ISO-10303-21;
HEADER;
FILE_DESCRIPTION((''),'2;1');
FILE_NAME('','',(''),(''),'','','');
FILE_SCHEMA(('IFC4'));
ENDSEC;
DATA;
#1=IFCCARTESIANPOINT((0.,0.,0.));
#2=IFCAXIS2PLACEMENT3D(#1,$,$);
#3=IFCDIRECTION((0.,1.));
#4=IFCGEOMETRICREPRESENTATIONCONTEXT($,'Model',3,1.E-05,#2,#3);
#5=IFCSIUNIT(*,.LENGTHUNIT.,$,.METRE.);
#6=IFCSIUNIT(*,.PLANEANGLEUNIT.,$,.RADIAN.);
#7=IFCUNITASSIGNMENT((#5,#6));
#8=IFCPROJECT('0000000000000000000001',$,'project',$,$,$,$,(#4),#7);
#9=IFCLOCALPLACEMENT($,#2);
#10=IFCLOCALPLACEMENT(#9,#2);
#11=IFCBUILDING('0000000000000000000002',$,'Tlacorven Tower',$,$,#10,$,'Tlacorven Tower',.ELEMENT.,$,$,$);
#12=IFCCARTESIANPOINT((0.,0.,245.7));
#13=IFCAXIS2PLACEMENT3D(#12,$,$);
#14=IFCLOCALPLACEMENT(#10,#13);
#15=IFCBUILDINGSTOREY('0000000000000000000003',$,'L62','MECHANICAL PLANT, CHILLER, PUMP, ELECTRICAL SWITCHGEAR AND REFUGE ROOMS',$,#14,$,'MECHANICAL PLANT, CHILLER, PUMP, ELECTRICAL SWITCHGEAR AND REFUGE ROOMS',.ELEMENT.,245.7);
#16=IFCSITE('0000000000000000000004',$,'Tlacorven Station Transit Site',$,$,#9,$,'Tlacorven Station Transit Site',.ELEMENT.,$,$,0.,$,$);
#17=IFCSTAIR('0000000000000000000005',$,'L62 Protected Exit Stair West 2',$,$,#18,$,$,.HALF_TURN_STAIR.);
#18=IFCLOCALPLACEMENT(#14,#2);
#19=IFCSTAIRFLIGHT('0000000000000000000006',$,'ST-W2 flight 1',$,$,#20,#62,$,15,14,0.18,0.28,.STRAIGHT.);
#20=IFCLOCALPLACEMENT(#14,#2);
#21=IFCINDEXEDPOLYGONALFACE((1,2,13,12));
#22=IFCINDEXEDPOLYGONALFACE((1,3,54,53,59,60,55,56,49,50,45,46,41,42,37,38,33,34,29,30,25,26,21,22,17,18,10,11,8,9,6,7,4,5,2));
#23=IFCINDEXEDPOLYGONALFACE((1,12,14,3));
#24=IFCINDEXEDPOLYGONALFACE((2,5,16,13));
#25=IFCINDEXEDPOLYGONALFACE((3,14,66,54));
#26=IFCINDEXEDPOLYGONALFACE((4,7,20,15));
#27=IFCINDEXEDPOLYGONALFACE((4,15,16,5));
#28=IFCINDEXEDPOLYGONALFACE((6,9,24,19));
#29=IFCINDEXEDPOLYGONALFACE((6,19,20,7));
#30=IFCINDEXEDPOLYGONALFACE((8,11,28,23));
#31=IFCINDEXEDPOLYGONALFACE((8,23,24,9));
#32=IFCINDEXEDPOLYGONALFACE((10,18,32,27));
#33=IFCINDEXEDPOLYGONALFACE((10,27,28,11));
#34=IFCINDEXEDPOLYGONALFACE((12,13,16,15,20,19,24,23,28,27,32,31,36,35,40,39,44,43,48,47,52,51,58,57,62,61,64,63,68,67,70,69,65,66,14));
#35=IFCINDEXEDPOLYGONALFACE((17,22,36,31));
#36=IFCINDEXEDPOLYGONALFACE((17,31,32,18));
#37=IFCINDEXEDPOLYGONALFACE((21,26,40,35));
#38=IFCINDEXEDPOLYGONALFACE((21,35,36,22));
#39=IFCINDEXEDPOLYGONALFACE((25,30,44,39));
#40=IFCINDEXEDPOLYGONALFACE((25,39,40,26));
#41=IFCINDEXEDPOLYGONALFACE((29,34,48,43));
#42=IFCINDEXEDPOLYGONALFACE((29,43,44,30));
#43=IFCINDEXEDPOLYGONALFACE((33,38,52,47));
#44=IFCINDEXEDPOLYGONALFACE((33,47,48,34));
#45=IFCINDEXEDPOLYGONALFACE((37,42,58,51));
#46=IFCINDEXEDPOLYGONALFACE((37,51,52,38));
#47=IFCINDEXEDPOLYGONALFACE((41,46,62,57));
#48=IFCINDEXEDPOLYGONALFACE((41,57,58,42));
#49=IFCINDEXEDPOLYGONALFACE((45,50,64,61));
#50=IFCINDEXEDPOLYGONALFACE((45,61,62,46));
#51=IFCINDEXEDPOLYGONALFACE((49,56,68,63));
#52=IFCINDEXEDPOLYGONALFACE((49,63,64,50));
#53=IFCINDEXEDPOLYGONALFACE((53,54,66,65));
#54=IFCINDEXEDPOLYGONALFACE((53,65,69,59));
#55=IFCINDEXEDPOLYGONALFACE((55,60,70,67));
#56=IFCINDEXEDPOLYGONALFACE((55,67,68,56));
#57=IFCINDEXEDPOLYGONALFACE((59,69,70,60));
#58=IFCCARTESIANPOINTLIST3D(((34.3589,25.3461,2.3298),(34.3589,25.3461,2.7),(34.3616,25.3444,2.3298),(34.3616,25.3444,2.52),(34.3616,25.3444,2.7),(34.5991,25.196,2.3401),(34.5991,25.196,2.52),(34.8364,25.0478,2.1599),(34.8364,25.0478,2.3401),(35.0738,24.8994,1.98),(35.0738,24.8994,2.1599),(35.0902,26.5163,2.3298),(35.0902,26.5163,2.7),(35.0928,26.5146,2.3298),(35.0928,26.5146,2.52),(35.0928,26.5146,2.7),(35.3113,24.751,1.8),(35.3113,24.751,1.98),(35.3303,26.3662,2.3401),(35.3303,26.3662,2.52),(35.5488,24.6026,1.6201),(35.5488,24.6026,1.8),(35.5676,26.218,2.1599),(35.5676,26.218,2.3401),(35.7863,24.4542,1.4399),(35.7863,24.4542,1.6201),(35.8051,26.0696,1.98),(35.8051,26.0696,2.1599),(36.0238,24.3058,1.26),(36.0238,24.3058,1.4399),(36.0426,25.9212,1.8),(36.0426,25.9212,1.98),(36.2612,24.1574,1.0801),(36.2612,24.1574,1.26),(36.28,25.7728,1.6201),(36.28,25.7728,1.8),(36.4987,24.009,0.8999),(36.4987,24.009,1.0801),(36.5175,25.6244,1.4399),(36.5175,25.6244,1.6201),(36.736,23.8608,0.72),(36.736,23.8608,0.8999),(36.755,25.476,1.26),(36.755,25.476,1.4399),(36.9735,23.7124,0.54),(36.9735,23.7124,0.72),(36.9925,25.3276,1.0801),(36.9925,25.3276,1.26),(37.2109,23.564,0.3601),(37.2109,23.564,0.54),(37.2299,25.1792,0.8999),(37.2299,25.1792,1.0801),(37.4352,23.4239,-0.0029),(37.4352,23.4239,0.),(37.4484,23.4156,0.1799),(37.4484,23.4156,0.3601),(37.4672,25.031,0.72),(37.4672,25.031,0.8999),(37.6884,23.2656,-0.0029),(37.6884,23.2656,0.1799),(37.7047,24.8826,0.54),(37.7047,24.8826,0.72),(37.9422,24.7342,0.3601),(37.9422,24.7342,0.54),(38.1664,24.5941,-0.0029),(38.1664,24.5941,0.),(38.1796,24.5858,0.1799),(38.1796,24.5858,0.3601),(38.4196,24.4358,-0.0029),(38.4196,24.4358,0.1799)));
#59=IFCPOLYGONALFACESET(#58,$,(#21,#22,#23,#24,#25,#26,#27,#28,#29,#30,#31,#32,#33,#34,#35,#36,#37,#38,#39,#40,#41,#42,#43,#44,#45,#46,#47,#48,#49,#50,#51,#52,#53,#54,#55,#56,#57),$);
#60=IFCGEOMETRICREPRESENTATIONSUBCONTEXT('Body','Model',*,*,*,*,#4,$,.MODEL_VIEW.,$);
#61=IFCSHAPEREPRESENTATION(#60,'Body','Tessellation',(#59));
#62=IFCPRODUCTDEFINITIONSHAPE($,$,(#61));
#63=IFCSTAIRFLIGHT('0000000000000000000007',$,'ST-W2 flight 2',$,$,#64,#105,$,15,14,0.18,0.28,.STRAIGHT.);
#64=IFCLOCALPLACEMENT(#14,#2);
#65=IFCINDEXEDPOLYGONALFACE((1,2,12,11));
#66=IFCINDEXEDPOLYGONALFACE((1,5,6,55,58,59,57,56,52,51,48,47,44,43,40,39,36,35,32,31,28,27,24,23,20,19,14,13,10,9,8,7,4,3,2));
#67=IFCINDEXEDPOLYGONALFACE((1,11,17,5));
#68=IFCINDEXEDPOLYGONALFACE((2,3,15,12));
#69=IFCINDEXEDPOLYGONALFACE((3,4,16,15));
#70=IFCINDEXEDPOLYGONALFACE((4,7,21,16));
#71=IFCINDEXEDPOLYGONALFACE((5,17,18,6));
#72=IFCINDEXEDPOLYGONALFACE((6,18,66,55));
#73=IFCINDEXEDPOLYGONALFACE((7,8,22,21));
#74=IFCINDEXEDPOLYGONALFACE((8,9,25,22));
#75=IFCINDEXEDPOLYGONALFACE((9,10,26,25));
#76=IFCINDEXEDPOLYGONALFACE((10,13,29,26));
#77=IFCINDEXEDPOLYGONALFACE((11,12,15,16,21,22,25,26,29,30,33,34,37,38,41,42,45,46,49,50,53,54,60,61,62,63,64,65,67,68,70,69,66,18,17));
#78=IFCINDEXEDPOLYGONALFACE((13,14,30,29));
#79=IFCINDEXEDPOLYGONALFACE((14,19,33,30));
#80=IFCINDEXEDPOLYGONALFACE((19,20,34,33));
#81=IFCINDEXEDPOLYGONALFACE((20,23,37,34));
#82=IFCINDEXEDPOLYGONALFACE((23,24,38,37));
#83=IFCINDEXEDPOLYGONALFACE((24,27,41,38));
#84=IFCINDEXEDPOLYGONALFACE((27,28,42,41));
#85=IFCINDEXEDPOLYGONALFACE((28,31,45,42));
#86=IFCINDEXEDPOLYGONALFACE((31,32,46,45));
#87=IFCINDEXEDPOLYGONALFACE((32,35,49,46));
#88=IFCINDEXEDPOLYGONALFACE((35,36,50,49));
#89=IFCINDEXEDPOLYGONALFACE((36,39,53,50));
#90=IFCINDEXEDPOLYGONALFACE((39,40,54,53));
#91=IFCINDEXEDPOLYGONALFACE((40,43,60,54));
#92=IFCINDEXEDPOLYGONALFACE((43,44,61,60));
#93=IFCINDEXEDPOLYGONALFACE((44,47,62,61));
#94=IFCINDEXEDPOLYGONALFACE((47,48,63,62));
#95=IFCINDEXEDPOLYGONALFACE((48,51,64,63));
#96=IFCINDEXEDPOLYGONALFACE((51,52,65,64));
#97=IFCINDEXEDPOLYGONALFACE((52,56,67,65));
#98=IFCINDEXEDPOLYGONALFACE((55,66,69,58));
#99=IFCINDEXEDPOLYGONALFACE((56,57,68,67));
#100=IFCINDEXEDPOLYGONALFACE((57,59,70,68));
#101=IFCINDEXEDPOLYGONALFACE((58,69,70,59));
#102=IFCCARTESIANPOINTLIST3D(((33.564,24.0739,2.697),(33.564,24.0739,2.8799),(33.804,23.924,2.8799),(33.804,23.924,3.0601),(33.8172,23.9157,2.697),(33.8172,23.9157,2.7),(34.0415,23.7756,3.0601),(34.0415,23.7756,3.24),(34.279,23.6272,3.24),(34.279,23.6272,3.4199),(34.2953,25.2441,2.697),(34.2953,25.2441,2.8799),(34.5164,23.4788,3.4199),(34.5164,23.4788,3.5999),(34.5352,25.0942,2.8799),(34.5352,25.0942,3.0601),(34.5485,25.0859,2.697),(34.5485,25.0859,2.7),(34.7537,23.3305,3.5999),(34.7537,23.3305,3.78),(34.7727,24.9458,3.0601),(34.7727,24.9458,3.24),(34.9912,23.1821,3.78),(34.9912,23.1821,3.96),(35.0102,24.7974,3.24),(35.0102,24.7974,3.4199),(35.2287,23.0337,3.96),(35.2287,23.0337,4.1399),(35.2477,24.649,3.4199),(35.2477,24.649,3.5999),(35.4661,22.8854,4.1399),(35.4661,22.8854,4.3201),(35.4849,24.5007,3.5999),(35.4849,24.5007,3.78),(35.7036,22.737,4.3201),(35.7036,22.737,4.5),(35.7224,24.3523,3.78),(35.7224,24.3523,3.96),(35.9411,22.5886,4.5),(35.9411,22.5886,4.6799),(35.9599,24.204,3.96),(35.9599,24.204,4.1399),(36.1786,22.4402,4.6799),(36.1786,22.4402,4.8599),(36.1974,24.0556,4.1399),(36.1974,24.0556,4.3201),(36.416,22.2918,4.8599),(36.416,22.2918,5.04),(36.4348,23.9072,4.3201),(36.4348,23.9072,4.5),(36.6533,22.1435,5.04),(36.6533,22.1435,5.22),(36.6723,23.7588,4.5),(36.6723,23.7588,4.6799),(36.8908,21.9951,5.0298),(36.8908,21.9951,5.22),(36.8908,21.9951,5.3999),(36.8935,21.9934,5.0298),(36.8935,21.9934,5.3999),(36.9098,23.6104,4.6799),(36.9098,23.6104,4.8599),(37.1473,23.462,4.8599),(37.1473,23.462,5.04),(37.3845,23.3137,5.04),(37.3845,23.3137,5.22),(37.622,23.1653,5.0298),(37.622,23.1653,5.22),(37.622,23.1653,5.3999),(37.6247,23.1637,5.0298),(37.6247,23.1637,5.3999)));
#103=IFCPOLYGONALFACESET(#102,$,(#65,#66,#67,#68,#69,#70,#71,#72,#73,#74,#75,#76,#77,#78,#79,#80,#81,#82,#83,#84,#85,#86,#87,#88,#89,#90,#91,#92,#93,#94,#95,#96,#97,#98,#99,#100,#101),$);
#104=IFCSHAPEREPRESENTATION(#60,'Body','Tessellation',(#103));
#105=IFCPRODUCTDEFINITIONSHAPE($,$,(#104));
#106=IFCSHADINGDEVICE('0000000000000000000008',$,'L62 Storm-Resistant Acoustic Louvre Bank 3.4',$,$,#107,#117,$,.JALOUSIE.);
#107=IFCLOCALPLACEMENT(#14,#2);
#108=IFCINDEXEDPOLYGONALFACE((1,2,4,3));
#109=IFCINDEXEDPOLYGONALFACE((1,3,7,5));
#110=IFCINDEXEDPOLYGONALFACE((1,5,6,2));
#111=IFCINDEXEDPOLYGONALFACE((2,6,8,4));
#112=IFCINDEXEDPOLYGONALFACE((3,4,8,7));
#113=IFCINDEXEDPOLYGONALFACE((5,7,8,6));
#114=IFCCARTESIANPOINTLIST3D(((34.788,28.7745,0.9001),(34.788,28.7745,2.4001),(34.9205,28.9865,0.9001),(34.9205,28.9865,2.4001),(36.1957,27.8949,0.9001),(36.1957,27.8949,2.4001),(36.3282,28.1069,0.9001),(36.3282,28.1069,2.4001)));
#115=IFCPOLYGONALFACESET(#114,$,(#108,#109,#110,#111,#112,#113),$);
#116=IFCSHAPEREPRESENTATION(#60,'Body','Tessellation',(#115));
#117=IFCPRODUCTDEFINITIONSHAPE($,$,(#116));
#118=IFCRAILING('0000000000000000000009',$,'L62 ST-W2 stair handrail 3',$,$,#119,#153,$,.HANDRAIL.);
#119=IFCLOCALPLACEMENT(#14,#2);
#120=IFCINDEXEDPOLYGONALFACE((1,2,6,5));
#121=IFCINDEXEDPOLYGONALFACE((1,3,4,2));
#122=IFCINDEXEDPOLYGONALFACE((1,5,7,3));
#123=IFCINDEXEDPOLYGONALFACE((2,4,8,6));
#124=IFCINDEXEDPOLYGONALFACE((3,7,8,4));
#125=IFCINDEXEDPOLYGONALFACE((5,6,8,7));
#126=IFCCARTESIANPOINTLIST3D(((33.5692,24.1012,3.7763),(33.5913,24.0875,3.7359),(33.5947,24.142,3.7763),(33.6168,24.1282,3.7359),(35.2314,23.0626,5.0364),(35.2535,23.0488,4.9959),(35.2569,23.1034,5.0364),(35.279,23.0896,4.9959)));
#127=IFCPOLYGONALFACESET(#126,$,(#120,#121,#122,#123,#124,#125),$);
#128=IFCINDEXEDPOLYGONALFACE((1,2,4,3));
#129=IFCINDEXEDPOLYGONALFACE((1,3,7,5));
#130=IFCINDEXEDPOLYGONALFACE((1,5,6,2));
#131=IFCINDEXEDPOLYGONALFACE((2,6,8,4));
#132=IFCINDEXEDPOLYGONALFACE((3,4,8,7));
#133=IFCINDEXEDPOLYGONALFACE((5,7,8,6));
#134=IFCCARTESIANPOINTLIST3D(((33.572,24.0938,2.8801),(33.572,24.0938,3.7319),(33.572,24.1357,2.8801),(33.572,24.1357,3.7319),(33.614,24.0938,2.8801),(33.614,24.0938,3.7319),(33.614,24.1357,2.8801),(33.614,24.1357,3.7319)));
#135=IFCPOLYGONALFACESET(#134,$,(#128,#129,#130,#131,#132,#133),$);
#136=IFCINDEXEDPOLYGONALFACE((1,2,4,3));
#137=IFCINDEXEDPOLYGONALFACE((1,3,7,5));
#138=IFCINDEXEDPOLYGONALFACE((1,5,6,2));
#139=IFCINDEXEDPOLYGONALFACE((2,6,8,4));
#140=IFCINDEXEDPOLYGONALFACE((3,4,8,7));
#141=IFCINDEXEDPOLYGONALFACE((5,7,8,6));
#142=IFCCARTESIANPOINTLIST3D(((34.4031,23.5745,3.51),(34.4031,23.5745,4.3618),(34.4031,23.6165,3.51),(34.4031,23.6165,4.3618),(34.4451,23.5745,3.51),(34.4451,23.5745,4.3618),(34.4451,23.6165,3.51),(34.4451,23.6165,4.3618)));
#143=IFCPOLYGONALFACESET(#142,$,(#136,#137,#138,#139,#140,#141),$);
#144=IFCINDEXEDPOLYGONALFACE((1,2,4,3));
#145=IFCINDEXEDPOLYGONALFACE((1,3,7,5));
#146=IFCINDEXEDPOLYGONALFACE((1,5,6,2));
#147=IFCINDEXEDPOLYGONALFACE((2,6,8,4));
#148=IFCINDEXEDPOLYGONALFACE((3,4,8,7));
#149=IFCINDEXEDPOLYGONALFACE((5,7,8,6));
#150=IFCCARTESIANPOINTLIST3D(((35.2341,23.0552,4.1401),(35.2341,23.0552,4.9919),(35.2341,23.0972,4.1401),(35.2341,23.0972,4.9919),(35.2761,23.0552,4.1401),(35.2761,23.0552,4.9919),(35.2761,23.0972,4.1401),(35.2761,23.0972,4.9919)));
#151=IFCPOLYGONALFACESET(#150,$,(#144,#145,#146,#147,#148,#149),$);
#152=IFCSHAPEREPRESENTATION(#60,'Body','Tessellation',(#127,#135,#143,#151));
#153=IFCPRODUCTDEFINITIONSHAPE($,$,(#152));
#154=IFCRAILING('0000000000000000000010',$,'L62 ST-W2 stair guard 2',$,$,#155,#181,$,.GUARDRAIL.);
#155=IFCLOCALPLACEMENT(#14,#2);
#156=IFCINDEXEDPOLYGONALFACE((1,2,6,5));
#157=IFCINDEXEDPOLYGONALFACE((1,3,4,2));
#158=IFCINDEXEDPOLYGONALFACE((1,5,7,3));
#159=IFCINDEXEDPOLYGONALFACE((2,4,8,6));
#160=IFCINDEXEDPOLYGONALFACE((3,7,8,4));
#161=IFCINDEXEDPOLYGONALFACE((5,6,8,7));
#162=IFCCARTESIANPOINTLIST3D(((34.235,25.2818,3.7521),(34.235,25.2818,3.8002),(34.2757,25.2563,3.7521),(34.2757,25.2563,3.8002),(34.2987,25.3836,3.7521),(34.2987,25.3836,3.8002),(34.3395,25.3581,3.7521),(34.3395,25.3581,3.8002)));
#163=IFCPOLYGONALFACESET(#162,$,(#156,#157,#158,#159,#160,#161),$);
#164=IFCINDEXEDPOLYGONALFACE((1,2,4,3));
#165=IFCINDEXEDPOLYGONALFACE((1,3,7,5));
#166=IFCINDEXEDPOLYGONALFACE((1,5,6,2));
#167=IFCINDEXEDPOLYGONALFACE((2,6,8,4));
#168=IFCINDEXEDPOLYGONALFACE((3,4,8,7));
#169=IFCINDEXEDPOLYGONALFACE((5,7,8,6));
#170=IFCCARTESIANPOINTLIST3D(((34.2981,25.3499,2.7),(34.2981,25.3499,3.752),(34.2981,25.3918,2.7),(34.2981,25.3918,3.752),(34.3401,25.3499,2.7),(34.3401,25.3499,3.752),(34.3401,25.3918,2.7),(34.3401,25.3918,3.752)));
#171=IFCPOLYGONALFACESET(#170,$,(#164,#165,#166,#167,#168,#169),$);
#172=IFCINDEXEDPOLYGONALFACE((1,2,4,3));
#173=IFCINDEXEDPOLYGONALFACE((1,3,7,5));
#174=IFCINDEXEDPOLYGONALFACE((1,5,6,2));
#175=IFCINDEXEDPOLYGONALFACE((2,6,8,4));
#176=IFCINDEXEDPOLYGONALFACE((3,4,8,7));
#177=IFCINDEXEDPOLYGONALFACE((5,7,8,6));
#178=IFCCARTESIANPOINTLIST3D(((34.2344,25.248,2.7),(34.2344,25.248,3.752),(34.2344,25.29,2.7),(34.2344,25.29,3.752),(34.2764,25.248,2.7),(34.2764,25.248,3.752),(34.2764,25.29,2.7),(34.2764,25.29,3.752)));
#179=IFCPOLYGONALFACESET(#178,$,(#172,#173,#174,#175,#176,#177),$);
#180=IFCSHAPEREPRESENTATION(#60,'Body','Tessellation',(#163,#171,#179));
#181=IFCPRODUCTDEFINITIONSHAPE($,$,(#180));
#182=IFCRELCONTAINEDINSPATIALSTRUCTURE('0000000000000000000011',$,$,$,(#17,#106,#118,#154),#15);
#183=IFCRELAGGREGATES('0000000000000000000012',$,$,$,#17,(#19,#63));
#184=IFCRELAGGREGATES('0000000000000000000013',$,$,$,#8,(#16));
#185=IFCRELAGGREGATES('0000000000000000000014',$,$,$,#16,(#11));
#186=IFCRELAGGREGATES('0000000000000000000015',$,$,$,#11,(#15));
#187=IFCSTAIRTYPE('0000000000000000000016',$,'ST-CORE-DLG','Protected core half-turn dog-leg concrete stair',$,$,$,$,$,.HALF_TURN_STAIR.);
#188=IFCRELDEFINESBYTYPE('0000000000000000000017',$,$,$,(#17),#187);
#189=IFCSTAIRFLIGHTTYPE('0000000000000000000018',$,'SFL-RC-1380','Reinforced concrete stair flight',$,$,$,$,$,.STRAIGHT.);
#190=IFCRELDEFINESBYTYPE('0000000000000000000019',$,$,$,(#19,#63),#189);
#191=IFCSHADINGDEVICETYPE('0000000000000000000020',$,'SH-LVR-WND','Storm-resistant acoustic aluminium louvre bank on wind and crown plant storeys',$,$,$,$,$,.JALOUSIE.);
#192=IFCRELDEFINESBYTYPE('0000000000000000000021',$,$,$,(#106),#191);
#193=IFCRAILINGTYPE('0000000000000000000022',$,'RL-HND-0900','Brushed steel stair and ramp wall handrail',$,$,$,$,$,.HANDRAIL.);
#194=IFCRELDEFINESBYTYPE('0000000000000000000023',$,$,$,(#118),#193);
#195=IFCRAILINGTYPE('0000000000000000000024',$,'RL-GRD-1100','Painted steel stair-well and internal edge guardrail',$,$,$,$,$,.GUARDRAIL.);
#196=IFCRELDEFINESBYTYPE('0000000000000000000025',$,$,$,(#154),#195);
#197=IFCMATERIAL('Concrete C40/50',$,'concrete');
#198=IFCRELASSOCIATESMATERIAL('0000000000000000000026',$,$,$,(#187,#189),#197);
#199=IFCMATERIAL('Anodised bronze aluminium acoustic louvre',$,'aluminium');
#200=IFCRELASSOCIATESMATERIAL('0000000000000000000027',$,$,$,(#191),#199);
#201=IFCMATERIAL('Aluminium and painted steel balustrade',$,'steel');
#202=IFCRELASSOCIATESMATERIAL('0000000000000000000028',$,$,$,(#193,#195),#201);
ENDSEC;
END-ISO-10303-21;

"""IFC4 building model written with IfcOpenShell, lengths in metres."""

from ifc_helpers import new_model, si_unit, direction, frame, origin, origin_2d, place, context, subcontext, project, spatial, polyline, rectangle, outline, extrude, source, transform, mapped, material, type_object, element, aggregate, save


model = new_model("IFC4")

# Units and contexts
model_context = context("Model", 3, precision=1e-05, world=origin(), true_north=direction((0.0, 1.0)))
body_context = subcontext(model_context, "Body", "Model", "MODEL_VIEW")
ifc_project = project(units=[si_unit("LENGTHUNIT", "METRE"), si_unit("PLANEANGLEUNIT", "RADIAN")], contexts=[model_context])

# Site, building, storey
site_placement = place(None, origin())
site = spatial("IfcSite", under=ifc_project, at=site_placement, Name="Tlacorven Station Transit Site", LongName="Tlacorven Station Transit Site", CompositionType="ELEMENT", RefElevation=0.0)
building_placement = place(site_placement, origin())
building = spatial("IfcBuilding", under=site, at=building_placement, Name="Tlacorven Tower", LongName="Tlacorven Tower", CompositionType="ELEMENT")
storey_placement = place(building_placement, frame((0.0, 0.0, 245.7)))
storey = spatial("IfcBuildingStorey", under=building, at=storey_placement, Name="L62", Description="MECHANICAL PLANT, CHILLER, PUMP, ELECTRICAL SWITCHGEAR AND REFUGE ROOMS", LongName="MECHANICAL PLANT, CHILLER, PUMP, ELECTRICAL SWITCHGEAR AND REFUGE ROOMS", CompositionType="ELEMENT", Elevation=245.7)

# Shared definitions
ifc_material_1 = material(Name="Concrete C40/50", Category="concrete")

# Stair, stair flights
stair_type = type_object("IfcStairType", Name="ST-CORE-DLG", Description="Protected core half-turn dog-leg concrete stair", PredefinedType="HALF_TURN_STAIR", material=ifc_material_1)
stair_placement = place(storey_placement, origin())
stair = element("IfcStair", 1, at=stair_placement, inside=storey, type_object=stair_type, Name="L62 Protected Exit Stair West 2", PredefinedType="HALF_TURN_STAIR")
stair_flight_type = type_object("IfcStairFlightType", Name="SFL-RC-1380", Description="Reinforced concrete stair flight", PredefinedType="STRAIGHT", material=ifc_material_1)
shared_shape_1 = source(origin(), body_context, "Body", "SweptSolid", [
    extrude(outline(polyline([(-0.0029, -0.0029), (-0.0029, 0.1799), (0.28, 0.1799), (0.28, 0.3601), (0.5601, 0.3601), (0.5601, 0.54), (0.8401, 0.54), (0.8401, 0.72), (1.1201, 0.72), (1.1201, 0.8999), (1.3999, 0.8999), (1.3999, 1.0801), (1.6799, 1.0801), (1.6799, 1.26), (1.96, 1.26), (1.96, 1.4399), (2.24, 1.4399), (2.24, 1.6201), (2.52, 1.6201), (2.52, 1.8), (2.8, 1.8), (2.8, 1.98), (3.0801, 1.98), (3.0801, 2.1599), (3.3601, 2.1599), (3.3601, 2.3401), (3.6399, 2.3401), (3.6399, 2.52), (3.9199, 2.52), (3.9199, 2.7), (3.9231, 2.7), (3.9231, 2.3298), (3.9199, 2.3298), (0.2957, 0.0), (0.2957, -0.0029), (-0.0029, -0.0029)])), frame((0.0, 0.6899, 0.0), z_axis=(0.0, -1.0, 0.0), x_axis=(1.0, 0.0, 0.0)), (0.0, 0.0, 1.0), 1.3799),
])
stair_flight_1_placement = place(storey_placement, frame((38.0515, 23.8523, 0.0), z_axis=(0.0, 0.0, 1.0), x_axis=(-0.848048, 0.529919, 0.0)))
stair_flight_1 = element("IfcStairFlight", 2, at=stair_flight_1_placement, type_object=stair_flight_type, Name="ST-W2 flight 1", NumberOfRisers=15, NumberOfTreads=14, PredefinedType="STRAIGHT", RiserHeight=0.18, TreadLength=0.28, context=body_context, shape_type="MappedRepresentation", body=[
    mapped(shared_shape_1, transform((0.0, 0.0, 0.0), scale=1.0)),
])
stair_flight_2_placement = place(storey_placement, frame((33.9321, 24.6575, 2.7), z_axis=(0.0, 0.0, 1.0), x_axis=(0.848048, -0.529919, 0.0)))
stair_flight_2 = element("IfcStairFlight", 3, at=stair_flight_2_placement, type_object=stair_flight_type, Name="ST-W2 flight 2", NumberOfRisers=15, NumberOfTreads=14, PredefinedType="STRAIGHT", RiserHeight=0.18, TreadLength=0.28, context=body_context, shape_type="MappedRepresentation", body=[
    mapped(shared_shape_1, transform((0.0, 0.0, 0.0), scale=1.0)),
])
aggregate(stair, [stair_flight_1, stair_flight_2])

# Shading device
ifc_material_2 = material(Name="Anodised bronze aluminium acoustic louvre", Category="aluminium")
shading_device_type = type_object("IfcShadingDeviceType", Name="SH-LVR-WND", Description="Storm-resistant acoustic aluminium louvre bank on wind and crown plant storeys", PredefinedType="JALOUSIE", material=ifc_material_2)
shared_shape_2 = source(origin(), body_context, "Body", "SweptSolid", [
    extrude(rectangle(XDim=1.6599, YDim=0.25, at=origin_2d()), origin(), (0.0, 0.0, 1.0), 1.5),
])
shading_device_placement = place(storey_placement, frame((35.5581, 28.4407, 0.9001), z_axis=(0.0, 0.0, 1.0), x_axis=(0.848048, -0.529919, 0.0)))
element("IfcShadingDevice", 4, at=shading_device_placement, inside=storey, type_object=shading_device_type, Name="L62 Storm-Resistant Acoustic Louvre Bank 3.4", PredefinedType="JALOUSIE", context=body_context, shape_type="MappedRepresentation", body=[
    mapped(shared_shape_2, transform((0.0, 0.0, 0.0), scale=1.0)),
])

# Railings
ifc_material_3 = material(Name="Aluminium and painted steel balustrade", Category="steel")
railing_type_1 = type_object("IfcRailingType", Name="RL-HND-0900", Description="Brushed steel stair and ramp wall handrail", PredefinedType="HANDRAIL", material=ifc_material_3)
shared_shape_3 = source(origin(), body_context, "Body", "SweptSolid", [
    extrude(rectangle(XDim=0.0481, YDim=0.0481, at=origin_2d()), frame((0.0, 0.0, 0.876), z_axis=(0.713354, -0.445741, 0.540778), x_axis=(0.529909, 0.848054, 0.0)), (0.0, 0.0, 1.0), 2.3301),
    extrude(rectangle(XDim=0.042, YDim=0.042, at=origin_2d()), origin(), (0.0, 0.0, 1.0), 0.8518),
    extrude(rectangle(XDim=0.042, YDim=0.042, at=origin_2d()), frame((0.8311, -0.5193, 0.6299)), (0.0, 0.0, 1.0), 0.8518),
    extrude(rectangle(XDim=0.042, YDim=0.042, at=origin_2d()), frame((1.6621, -1.0386, 1.26)), (0.0, 0.0, 1.0), 0.8518),
])
railing_1_placement = place(storey_placement, frame((33.593, 24.1147, 2.8801)))
element("IfcRailing", 5, at=railing_1_placement, inside=storey, type_object=railing_type_1, Name="L62 ST-W2 stair handrail 3", PredefinedType="HANDRAIL", context=body_context, shape_type="MappedRepresentation", body=[
    mapped(shared_shape_3, transform((0.0, 0.0, 0.0), scale=1.0)),
])
railing_type_2 = type_object("IfcRailingType", Name="RL-GRD-1100", Description="Painted steel stair-well and internal edge guardrail", PredefinedType="GUARDRAIL", material=ifc_material_3)
shared_shape_4 = source(origin(), body_context, "Body", "SweptSolid", [
    extrude(rectangle(XDim=0.0481, YDim=0.0481, at=origin_2d()), frame((0.0, 0.0, 1.0762), z_axis=(-0.530547, -0.847656, 0.0), x_axis=(0.847656, -0.530547, 0.0)), (0.0, 0.0, 1.0), 0.1201),
    extrude(rectangle(XDim=0.042, YDim=0.042, at=origin_2d()), origin(), (0.0, 0.0, 1.0), 1.052),
    extrude(rectangle(XDim=0.042, YDim=0.042, at=origin_2d()), frame((-0.0637, -0.1018, 0.0)), (0.0, 0.0, 1.0), 1.052),
])
for number, where, name in (
    (6, (34.3191, 25.3708, 2.7), "L62 ST-W2 stair guard 2"),
):
    element("IfcRailing", number, at=place(storey_placement, frame(where)), inside=storey, type_object=railing_type_2, Name=name, PredefinedType="GUARDRAIL", context=body_context, shape_type="MappedRepresentation", body=[
        mapped(shared_shape_4, transform((0.0, 0.0, 0.0), scale=1.0)),
    ])

save(model, "model.ifc")
